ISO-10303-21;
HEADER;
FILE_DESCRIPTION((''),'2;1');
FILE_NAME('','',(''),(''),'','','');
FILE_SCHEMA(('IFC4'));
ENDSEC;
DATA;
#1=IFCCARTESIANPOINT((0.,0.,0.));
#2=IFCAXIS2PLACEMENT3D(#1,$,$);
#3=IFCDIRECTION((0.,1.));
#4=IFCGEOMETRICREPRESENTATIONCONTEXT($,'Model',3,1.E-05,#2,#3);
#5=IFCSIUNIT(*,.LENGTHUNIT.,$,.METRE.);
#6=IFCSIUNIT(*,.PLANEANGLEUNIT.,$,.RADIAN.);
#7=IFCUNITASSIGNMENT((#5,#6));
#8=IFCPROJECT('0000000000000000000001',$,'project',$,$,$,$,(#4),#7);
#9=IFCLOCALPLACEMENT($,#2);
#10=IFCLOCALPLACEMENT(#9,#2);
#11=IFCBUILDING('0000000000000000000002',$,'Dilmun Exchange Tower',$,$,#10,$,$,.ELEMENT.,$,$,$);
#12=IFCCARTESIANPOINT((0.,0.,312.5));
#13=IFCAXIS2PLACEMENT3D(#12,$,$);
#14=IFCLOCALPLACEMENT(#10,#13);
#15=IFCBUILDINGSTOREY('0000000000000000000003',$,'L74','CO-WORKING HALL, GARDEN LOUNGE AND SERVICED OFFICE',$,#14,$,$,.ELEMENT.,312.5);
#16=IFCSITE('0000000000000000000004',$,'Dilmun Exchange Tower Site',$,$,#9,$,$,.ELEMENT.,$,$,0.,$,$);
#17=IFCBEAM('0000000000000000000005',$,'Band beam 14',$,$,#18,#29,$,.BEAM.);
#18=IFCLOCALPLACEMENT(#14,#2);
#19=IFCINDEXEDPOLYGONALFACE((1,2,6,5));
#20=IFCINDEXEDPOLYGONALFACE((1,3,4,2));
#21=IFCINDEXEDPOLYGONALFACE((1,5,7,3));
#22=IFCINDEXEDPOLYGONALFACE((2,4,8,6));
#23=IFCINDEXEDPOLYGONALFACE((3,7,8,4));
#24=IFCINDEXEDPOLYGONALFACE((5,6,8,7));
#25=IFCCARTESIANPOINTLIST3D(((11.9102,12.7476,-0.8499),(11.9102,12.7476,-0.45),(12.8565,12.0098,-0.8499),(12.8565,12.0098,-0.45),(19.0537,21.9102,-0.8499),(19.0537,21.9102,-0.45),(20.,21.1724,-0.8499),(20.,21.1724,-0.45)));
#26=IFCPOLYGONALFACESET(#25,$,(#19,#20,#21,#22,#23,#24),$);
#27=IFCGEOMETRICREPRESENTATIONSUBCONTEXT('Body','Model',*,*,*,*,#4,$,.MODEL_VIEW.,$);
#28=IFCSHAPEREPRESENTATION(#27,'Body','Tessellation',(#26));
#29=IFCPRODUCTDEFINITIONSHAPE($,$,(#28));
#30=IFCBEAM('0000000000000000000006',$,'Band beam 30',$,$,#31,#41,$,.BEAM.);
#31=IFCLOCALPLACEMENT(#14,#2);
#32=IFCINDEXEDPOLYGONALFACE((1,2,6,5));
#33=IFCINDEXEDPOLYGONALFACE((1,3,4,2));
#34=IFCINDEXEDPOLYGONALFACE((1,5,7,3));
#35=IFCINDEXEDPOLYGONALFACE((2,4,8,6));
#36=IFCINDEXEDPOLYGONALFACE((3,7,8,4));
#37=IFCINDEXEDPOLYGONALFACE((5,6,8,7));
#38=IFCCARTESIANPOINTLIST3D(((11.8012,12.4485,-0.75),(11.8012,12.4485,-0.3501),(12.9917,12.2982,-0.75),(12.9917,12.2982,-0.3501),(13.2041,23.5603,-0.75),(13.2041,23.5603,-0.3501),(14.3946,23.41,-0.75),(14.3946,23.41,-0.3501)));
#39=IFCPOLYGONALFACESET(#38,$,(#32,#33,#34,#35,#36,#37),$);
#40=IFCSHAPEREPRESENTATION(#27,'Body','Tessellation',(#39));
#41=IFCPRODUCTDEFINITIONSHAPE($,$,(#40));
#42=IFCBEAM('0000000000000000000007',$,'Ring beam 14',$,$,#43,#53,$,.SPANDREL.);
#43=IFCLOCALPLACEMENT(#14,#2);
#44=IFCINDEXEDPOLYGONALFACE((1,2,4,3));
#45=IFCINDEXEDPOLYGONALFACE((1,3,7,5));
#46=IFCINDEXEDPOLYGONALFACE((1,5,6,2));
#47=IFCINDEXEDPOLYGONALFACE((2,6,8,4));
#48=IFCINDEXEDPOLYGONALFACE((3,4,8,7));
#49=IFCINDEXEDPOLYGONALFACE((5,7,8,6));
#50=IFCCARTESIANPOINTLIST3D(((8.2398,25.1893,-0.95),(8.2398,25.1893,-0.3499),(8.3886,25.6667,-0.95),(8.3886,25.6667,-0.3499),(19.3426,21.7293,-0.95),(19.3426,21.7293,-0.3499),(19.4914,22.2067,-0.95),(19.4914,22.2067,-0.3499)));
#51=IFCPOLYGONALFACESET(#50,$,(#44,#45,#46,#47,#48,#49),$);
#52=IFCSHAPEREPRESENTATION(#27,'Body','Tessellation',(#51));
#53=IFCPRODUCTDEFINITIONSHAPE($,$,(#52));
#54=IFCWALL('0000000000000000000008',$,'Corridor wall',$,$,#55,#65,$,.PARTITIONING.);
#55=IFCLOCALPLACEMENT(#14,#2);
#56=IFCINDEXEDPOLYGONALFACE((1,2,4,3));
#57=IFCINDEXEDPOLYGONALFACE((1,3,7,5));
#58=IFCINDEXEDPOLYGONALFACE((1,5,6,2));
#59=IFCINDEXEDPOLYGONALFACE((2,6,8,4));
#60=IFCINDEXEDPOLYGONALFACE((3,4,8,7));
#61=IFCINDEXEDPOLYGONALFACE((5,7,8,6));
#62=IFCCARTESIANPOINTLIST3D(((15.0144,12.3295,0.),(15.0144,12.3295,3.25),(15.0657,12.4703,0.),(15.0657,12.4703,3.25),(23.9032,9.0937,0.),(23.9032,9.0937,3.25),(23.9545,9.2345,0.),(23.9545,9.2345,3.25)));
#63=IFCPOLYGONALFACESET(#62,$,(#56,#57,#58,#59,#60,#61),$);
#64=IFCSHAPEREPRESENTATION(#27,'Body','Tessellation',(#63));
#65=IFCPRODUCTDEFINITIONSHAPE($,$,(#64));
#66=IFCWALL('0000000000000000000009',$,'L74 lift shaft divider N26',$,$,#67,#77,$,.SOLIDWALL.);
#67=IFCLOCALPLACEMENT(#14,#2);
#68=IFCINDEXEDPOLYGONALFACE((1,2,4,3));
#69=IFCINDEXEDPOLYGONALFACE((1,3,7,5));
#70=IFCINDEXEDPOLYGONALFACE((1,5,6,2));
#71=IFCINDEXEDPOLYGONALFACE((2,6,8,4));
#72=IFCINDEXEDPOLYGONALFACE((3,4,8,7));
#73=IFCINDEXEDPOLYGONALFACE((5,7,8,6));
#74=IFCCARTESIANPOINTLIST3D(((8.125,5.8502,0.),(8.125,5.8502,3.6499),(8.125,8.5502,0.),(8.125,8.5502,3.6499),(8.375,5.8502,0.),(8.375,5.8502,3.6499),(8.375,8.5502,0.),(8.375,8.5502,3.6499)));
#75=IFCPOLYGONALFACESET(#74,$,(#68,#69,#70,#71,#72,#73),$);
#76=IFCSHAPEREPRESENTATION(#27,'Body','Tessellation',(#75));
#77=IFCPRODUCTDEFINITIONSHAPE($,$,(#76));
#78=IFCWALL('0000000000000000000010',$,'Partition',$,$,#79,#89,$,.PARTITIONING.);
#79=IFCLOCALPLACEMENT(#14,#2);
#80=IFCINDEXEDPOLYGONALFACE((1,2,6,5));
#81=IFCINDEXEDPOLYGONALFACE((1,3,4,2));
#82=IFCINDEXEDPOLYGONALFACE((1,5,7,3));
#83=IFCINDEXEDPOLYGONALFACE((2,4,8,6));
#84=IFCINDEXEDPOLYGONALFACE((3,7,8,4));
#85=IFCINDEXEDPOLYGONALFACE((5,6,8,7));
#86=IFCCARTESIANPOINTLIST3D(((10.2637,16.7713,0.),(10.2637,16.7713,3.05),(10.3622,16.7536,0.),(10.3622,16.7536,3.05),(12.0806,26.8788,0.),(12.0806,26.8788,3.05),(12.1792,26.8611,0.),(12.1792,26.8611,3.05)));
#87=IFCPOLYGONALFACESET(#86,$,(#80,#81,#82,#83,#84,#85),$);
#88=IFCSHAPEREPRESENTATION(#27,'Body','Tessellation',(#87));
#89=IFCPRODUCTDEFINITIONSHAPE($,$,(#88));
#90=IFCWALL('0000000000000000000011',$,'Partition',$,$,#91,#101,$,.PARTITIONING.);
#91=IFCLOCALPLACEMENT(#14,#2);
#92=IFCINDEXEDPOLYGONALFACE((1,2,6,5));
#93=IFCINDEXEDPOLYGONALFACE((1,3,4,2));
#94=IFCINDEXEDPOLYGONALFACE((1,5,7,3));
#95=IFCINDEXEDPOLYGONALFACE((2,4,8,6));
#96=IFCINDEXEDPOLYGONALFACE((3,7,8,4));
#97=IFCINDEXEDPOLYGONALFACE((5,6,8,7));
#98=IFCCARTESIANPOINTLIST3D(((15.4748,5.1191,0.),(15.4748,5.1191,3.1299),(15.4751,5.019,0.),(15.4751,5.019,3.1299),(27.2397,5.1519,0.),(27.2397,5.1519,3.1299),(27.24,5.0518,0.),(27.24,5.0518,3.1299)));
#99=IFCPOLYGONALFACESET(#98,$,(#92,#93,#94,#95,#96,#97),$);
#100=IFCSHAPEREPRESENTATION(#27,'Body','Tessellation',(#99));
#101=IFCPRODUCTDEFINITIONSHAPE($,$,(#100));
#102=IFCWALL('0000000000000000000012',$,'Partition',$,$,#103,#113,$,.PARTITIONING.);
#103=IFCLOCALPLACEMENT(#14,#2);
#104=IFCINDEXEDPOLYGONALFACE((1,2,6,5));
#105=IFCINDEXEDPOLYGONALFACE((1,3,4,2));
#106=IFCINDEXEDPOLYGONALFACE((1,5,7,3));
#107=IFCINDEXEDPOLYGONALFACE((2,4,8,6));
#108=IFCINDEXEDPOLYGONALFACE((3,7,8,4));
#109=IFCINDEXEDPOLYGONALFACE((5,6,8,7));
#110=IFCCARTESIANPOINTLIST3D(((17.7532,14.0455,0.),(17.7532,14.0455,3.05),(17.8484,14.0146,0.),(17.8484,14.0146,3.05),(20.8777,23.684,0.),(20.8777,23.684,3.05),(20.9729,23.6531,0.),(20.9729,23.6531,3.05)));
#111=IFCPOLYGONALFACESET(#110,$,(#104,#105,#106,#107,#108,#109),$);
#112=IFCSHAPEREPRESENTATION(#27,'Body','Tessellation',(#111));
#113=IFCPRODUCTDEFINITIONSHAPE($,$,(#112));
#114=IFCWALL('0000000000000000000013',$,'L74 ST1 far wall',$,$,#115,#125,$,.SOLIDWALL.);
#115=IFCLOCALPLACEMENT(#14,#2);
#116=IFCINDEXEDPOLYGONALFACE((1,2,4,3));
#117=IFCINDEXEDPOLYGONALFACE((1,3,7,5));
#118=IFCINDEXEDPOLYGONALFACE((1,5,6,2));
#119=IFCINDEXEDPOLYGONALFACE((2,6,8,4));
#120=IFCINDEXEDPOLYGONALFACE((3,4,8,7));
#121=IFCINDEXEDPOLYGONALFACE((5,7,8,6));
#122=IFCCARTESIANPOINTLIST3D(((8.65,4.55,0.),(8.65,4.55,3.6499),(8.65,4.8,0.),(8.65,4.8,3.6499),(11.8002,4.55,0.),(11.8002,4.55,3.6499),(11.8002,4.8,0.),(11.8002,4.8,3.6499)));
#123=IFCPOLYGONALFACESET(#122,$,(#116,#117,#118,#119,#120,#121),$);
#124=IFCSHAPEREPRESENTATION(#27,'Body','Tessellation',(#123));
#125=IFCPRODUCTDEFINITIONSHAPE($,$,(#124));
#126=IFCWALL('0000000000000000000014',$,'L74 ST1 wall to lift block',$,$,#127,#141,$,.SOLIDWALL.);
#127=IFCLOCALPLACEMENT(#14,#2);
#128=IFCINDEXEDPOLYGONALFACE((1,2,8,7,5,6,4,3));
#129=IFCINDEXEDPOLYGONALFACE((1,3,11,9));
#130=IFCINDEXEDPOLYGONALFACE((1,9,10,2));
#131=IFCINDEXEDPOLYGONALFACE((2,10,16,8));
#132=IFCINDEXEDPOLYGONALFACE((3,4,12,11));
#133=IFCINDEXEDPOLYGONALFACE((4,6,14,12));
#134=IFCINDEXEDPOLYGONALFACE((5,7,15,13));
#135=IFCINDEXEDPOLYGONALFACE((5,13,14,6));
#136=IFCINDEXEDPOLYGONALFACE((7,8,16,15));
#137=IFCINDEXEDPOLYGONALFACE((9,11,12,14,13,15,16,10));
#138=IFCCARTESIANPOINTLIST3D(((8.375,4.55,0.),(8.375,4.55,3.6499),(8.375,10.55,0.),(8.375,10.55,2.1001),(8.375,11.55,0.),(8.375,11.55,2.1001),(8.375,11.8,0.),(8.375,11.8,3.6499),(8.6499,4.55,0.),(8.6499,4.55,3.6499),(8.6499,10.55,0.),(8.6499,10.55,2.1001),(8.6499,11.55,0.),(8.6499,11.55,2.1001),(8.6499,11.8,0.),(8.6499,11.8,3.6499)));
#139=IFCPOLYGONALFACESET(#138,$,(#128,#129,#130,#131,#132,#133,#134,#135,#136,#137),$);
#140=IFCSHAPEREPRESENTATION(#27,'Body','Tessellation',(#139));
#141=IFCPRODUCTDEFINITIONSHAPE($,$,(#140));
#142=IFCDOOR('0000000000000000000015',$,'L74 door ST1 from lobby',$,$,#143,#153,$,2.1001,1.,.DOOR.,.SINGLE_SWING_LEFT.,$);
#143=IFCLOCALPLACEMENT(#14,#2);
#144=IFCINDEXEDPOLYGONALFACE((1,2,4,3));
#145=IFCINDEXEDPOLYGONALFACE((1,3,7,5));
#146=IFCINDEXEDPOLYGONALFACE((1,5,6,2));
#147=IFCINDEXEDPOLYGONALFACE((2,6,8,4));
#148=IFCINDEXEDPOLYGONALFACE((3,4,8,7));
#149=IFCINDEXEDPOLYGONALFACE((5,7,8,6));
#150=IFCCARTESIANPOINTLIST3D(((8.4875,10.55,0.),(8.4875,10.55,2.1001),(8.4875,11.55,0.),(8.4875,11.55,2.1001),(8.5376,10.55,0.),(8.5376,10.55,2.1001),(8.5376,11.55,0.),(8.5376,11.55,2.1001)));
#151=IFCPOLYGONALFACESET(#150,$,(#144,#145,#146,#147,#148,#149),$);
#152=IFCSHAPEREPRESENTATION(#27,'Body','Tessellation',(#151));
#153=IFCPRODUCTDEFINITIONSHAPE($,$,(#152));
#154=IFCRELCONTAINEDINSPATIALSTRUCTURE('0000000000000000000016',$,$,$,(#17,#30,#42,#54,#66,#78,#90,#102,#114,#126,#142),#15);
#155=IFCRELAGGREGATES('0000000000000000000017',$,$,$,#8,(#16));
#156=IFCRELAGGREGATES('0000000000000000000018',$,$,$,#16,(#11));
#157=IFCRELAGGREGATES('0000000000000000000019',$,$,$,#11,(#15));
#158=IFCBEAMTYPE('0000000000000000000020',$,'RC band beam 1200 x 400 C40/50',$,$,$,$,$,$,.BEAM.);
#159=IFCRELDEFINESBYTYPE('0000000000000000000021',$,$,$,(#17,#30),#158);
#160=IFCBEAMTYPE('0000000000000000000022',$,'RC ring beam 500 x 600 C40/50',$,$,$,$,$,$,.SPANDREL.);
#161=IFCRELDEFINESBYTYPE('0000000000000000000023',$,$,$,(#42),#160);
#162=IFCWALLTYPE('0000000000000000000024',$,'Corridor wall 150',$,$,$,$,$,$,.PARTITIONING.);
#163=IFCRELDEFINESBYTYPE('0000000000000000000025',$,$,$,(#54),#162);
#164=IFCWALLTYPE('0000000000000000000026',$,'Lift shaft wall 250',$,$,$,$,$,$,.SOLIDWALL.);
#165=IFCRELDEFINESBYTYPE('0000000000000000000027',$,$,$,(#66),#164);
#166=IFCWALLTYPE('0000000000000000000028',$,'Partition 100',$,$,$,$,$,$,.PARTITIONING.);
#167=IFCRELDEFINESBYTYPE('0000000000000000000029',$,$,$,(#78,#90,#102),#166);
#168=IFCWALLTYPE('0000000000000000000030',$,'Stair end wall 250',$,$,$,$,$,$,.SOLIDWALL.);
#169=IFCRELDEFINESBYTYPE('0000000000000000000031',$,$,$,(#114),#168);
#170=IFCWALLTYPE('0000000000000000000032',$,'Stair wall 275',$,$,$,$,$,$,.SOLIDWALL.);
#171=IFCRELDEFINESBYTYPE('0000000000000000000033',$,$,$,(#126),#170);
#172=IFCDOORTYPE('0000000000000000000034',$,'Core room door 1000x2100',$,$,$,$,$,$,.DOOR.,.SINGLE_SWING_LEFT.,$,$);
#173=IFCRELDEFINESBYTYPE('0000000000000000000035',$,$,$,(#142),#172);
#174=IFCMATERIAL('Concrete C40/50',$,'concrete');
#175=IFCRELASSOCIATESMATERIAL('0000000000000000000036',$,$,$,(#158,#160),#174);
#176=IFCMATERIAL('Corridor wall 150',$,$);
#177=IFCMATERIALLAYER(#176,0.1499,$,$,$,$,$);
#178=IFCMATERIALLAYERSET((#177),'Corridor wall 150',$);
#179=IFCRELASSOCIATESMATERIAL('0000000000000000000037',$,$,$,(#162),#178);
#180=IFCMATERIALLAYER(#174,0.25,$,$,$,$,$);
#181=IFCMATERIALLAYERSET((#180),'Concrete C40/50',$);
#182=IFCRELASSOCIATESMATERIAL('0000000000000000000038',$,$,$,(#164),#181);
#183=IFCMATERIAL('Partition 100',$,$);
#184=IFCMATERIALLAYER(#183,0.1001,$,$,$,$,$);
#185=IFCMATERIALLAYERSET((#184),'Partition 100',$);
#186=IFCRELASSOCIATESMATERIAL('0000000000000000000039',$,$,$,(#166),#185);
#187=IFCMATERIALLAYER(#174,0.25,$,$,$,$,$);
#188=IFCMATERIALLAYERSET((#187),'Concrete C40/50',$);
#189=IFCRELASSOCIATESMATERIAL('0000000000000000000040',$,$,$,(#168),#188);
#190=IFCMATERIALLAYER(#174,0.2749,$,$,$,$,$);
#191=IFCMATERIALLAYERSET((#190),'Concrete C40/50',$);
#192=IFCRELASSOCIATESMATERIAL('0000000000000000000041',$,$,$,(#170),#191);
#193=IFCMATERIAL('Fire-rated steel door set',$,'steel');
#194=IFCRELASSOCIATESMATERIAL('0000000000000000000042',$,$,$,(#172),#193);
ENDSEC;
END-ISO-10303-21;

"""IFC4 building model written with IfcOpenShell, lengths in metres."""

from ifc_helpers import new_model, si_unit, direction, frame, frame_2d, origin, origin_2d, place, context, subcontext, project, spatial, rectangle, extrude, material, layer, layer_set, material_profile, profile_set, type_object, element, fill, save


model = new_model("IFC4")

# Units and contexts
model_context = context("Model", 3, precision=1e-05, world=origin(), true_north=direction((0.0, 1.0)))
body_context = subcontext(model_context, "Body", "Model", "MODEL_VIEW")
ifc_project = project(units=[si_unit("LENGTHUNIT", "METRE"), si_unit("PLANEANGLEUNIT", "RADIAN")], contexts=[model_context])

# Site, building, storey
site_placement = place(None, origin())
site = spatial("IfcSite", under=ifc_project, at=site_placement, Name="Dilmun Exchange Tower Site", CompositionType="ELEMENT", RefElevation=0.0)
building_placement = place(site_placement, origin())
building = spatial("IfcBuilding", under=site, at=building_placement, Name="Dilmun Exchange Tower", CompositionType="ELEMENT")
storey_placement = place(building_placement, frame((0.0, 0.0, 312.5)))
storey = spatial("IfcBuildingStorey", under=building, at=storey_placement, Name="L74", Description="CO-WORKING HALL, GARDEN LOUNGE AND SERVICED OFFICE", CompositionType="ELEMENT", Elevation=312.5)

# Beams
ifc_material_1 = material(Name="Concrete C40/50", Category="concrete")
ifc_material_profile_1 = material_profile(ifc_material_1, rectangle(XDim=1.2, YDim=0.3999, at=origin_2d()), Name="1200 x 400")
ifc_profile_set_1 = profile_set([ifc_material_profile_1], Name="Concrete C40/50")
beam_type_1 = type_object("IfcBeamType", Name="RC band beam 1200 x 400 C40/50", PredefinedType="BEAM", material=ifc_profile_set_1)
beam_1_placement = place(storey_placement, frame((19.5269, 21.5413, -0.6499), z_axis=(-0.614857, -0.788639, 0.0), x_axis=(0.788639, -0.614857, 0.0)))
element("IfcBeam", 1, at=beam_1_placement, inside=storey, type_object=beam_type_1, Name="Band beam 14", PredefinedType="BEAM", context=body_context, shape_type="SweptSolid", body=[
    extrude(rectangle(XDim=1.2, YDim=0.3999, at=origin_2d()), origin(), (0.0, 0.0, 1.0), 11.6182),
])
beam_2_placement = place(storey_placement, frame((13.7993, 23.4851, -0.55), z_axis=(-0.125253, -0.992125, 0.0), x_axis=(0.992125, -0.125253, 0.0)))
element("IfcBeam", 2, at=beam_2_placement, inside=storey, type_object=beam_type_1, Name="Band beam 30", PredefinedType="BEAM", context=body_context, shape_type="SweptSolid", body=[
    extrude(rectangle(XDim=1.2, YDim=0.3999, at=origin_2d()), origin(), (0.0, 0.0, 1.0), 11.2),
])
ifc_material_profile_2 = material_profile(ifc_material_1, rectangle(XDim=0.5, YDim=0.6001, at=origin_2d()), Name="500 x 600")
ifc_profile_set_2 = profile_set([ifc_material_profile_2], Name="Concrete C40/50")
beam_type_2 = type_object("IfcBeamType", Name="RC ring beam 500 x 600 C40/50", PredefinedType="SPANDREL", material=ifc_profile_set_2)
beam_3_placement = place(storey_placement, frame((19.417, 21.968, -0.6499), z_axis=(-0.954716, 0.297518, 0.0), x_axis=(-0.297518, -0.954716, 0.0)))
element("IfcBeam", 3, at=beam_3_placement, inside=storey, type_object=beam_type_2, Name="Ring beam 14", PredefinedType="SPANDREL", context=body_context, shape_type="SweptSolid", body=[
    extrude(rectangle(XDim=0.5, YDim=0.6001, at=origin_2d()), origin(), (0.0, 0.0, 1.0), 11.6294),
])

# Walls
ifc_material_2 = material(Name="Corridor wall 150")
ifc_layer_1 = layer(ifc_material_2, 0.1499)
ifc_layer_set_1 = layer_set([ifc_layer_1], Name="Corridor wall 150")
wall_type_1 = type_object("IfcWallType", Name="Corridor wall 150", PredefinedType="PARTITIONING", material=ifc_layer_set_1)
wall_1_placement = place(storey_placement, frame((15.04, 12.3999, 0.0), z_axis=(0.0, 0.0, 1.0), x_axis=(0.939674, -0.34207, 0.0)))
element("IfcWall", 4, at=wall_1_placement, inside=storey, type_object=wall_type_1, Name="Corridor wall", PredefinedType="PARTITIONING", context=body_context, shape_type="SweptSolid", body=[
    extrude(rectangle(XDim=9.4595, YDim=0.1499, at=frame_2d((4.7297, 0.0))), origin(), (0.0, 0.0, 1.0), 3.25),
])
ifc_layer_2 = layer(ifc_material_1, 0.25)
ifc_layer_set_2 = layer_set([ifc_layer_2], Name="Concrete C40/50")
wall_type_2 = type_object("IfcWallType", Name="Lift shaft wall 250", PredefinedType="SOLIDWALL", material=ifc_layer_set_2)
wall_2_placement = place(storey_placement, frame((8.25, 5.8501, 0.0), z_axis=(0.0, 0.0, 1.0), x_axis=(0.0, 1.0, 0.0)))
element("IfcWall", 5, at=wall_2_placement, inside=storey, type_object=wall_type_2, Name="L74 lift shaft divider N26", PredefinedType="SOLIDWALL", context=body_context, shape_type="SweptSolid", body=[
    extrude(rectangle(XDim=2.7, YDim=0.25, at=frame_2d((1.3501, 0.0))), origin(), (0.0, 0.0, 1.0), 3.6499),
])
ifc_material_3 = material(Name="Partition 100")
ifc_layer_3 = layer(ifc_material_3, 0.1001)
ifc_layer_set_3 = layer_set([ifc_layer_3], Name="Partition 100")
wall_type_3 = type_object("IfcWallType", Name="Partition 100", PredefinedType="PARTITIONING", material=ifc_layer_set_3)
wall_3_placement = place(storey_placement, frame((10.313, 16.7625, 0.0), z_axis=(0.0, 0.0, 1.0), x_axis=(0.176923, 0.984225, 0.0)))
element("IfcWall", 6, at=wall_3_placement, inside=storey, type_object=wall_type_3, Name="Partition", PredefinedType="PARTITIONING", context=body_context, shape_type="SweptSolid", body=[
    extrude(rectangle(XDim=10.2695, YDim=0.1001, at=frame_2d((5.1348, 0.0))), origin(), (0.0, 0.0, 1.0), 3.05),
])
wall_4_placement = place(storey_placement, frame((15.4751, 5.0691, 0.0), z_axis=(0.0, 0.0, 1.0), x_axis=(0.999996, 0.002781, 0.0)))
element("IfcWall", 7, at=wall_4_placement, inside=storey, type_object=wall_type_3, Name="Partition", PredefinedType="PARTITIONING", context=body_context, shape_type="SweptSolid", body=[
    extrude(rectangle(XDim=11.7649, YDim=0.1001, at=frame_2d((5.8823, 0.0))), origin(), (0.0, 0.0, 1.0), 3.1299),
])
wall_5_placement = place(storey_placement, frame((17.8008, 14.03, 0.0), z_axis=(0.0, 0.0, 1.0), x_axis=(0.308374, 0.951265, 0.0)))
element("IfcWall", 8, at=wall_5_placement, inside=storey, type_object=wall_type_3, Name="Partition", PredefinedType="PARTITIONING", context=body_context, shape_type="SweptSolid", body=[
    extrude(rectangle(XDim=10.1323, YDim=0.1001, at=frame_2d((5.0662, 0.0))), origin(), (0.0, 0.0, 1.0), 3.05),
])
ifc_layer_4 = layer(ifc_material_1, 0.25)
ifc_layer_set_4 = layer_set([ifc_layer_4], Name="Concrete C40/50")
wall_type_4 = type_object("IfcWallType", Name="Stair end wall 250", PredefinedType="SOLIDWALL", material=ifc_layer_set_4)
wall_6_placement = place(storey_placement, frame((8.6499, 4.675, 0.0), z_axis=(0.0, 0.0, 1.0), x_axis=(1.0, 0.0, 0.0)))
element("IfcWall", 9, at=wall_6_placement, inside=storey, type_object=wall_type_4, Name="L74 ST1 far wall", PredefinedType="SOLIDWALL", context=body_context, shape_type="SweptSolid", body=[
    extrude(rectangle(XDim=3.1501, YDim=0.25, at=frame_2d((1.5752, 0.0))), origin(), (0.0, 0.0, 1.0), 3.6499),
])

# Wall, opening, door
ifc_layer_5 = layer(ifc_material_1, 0.2749)
ifc_layer_set_5 = layer_set([ifc_layer_5], Name="Concrete C40/50")
wall_type_5 = type_object("IfcWallType", Name="Stair wall 275", PredefinedType="SOLIDWALL", material=ifc_layer_set_5)
wall_7_placement = place(storey_placement, frame((8.5125, 4.55, 0.0), z_axis=(0.0, 0.0, 1.0), x_axis=(0.0, 1.0, 0.0)))
wall_7 = element("IfcWall", 10, at=wall_7_placement, inside=storey, type_object=wall_type_5, Name="L74 ST1 wall to lift block", PredefinedType="SOLIDWALL", context=body_context, shape_type="SweptSolid", body=[
    extrude(rectangle(XDim=7.25, YDim=0.2749, at=frame_2d((3.625, 0.0))), origin(), (0.0, 0.0, 1.0), 3.6499),
])
opening_placement = place(wall_7_placement, frame((6.0, 0.0, 0.0)))
opening = element("IfcOpeningElement", 11, at=opening_placement, cuts=wall_7, PredefinedType="OPENING", context=body_context, shape_type="SweptSolid", body=[
    extrude(rectangle(XDim=1.0, YDim=2.1001, at=frame_2d((0.5, 1.05))), frame((0.0, 0.1475, 0.0), z_axis=(0.0, -1.0, 0.0), x_axis=(1.0, 0.0, 0.0)), (0.0, 0.0, 1.0), 0.2949),
])
ifc_material_4 = material(Name="Fire-rated steel door set", Category="steel")
door_type = type_object("IfcDoorType", Name="Core room door 1000x2100", OperationType="SINGLE_SWING_LEFT", PredefinedType="DOOR", material=ifc_material_4)
door_placement = place(opening_placement, origin())
door = element("IfcDoor", 12, at=door_placement, inside=storey, type_object=door_type, Name="L74 door ST1 from lobby", OperationType="SINGLE_SWING_LEFT", OverallHeight=2.1001, OverallWidth=1.0, PredefinedType="DOOR", context=body_context, shape_type="SweptSolid", body=[
    extrude(rectangle(XDim=1.0, YDim=2.1001, at=frame_2d((0.5, 1.05))), frame((0.0, 0.0249, 0.0), z_axis=(0.0, -1.0, 0.0), x_axis=(1.0, 0.0, 0.0)), (0.0, 0.0, 1.0), 0.05),
])
fill(opening, door)

save(model, "model.ifc")
